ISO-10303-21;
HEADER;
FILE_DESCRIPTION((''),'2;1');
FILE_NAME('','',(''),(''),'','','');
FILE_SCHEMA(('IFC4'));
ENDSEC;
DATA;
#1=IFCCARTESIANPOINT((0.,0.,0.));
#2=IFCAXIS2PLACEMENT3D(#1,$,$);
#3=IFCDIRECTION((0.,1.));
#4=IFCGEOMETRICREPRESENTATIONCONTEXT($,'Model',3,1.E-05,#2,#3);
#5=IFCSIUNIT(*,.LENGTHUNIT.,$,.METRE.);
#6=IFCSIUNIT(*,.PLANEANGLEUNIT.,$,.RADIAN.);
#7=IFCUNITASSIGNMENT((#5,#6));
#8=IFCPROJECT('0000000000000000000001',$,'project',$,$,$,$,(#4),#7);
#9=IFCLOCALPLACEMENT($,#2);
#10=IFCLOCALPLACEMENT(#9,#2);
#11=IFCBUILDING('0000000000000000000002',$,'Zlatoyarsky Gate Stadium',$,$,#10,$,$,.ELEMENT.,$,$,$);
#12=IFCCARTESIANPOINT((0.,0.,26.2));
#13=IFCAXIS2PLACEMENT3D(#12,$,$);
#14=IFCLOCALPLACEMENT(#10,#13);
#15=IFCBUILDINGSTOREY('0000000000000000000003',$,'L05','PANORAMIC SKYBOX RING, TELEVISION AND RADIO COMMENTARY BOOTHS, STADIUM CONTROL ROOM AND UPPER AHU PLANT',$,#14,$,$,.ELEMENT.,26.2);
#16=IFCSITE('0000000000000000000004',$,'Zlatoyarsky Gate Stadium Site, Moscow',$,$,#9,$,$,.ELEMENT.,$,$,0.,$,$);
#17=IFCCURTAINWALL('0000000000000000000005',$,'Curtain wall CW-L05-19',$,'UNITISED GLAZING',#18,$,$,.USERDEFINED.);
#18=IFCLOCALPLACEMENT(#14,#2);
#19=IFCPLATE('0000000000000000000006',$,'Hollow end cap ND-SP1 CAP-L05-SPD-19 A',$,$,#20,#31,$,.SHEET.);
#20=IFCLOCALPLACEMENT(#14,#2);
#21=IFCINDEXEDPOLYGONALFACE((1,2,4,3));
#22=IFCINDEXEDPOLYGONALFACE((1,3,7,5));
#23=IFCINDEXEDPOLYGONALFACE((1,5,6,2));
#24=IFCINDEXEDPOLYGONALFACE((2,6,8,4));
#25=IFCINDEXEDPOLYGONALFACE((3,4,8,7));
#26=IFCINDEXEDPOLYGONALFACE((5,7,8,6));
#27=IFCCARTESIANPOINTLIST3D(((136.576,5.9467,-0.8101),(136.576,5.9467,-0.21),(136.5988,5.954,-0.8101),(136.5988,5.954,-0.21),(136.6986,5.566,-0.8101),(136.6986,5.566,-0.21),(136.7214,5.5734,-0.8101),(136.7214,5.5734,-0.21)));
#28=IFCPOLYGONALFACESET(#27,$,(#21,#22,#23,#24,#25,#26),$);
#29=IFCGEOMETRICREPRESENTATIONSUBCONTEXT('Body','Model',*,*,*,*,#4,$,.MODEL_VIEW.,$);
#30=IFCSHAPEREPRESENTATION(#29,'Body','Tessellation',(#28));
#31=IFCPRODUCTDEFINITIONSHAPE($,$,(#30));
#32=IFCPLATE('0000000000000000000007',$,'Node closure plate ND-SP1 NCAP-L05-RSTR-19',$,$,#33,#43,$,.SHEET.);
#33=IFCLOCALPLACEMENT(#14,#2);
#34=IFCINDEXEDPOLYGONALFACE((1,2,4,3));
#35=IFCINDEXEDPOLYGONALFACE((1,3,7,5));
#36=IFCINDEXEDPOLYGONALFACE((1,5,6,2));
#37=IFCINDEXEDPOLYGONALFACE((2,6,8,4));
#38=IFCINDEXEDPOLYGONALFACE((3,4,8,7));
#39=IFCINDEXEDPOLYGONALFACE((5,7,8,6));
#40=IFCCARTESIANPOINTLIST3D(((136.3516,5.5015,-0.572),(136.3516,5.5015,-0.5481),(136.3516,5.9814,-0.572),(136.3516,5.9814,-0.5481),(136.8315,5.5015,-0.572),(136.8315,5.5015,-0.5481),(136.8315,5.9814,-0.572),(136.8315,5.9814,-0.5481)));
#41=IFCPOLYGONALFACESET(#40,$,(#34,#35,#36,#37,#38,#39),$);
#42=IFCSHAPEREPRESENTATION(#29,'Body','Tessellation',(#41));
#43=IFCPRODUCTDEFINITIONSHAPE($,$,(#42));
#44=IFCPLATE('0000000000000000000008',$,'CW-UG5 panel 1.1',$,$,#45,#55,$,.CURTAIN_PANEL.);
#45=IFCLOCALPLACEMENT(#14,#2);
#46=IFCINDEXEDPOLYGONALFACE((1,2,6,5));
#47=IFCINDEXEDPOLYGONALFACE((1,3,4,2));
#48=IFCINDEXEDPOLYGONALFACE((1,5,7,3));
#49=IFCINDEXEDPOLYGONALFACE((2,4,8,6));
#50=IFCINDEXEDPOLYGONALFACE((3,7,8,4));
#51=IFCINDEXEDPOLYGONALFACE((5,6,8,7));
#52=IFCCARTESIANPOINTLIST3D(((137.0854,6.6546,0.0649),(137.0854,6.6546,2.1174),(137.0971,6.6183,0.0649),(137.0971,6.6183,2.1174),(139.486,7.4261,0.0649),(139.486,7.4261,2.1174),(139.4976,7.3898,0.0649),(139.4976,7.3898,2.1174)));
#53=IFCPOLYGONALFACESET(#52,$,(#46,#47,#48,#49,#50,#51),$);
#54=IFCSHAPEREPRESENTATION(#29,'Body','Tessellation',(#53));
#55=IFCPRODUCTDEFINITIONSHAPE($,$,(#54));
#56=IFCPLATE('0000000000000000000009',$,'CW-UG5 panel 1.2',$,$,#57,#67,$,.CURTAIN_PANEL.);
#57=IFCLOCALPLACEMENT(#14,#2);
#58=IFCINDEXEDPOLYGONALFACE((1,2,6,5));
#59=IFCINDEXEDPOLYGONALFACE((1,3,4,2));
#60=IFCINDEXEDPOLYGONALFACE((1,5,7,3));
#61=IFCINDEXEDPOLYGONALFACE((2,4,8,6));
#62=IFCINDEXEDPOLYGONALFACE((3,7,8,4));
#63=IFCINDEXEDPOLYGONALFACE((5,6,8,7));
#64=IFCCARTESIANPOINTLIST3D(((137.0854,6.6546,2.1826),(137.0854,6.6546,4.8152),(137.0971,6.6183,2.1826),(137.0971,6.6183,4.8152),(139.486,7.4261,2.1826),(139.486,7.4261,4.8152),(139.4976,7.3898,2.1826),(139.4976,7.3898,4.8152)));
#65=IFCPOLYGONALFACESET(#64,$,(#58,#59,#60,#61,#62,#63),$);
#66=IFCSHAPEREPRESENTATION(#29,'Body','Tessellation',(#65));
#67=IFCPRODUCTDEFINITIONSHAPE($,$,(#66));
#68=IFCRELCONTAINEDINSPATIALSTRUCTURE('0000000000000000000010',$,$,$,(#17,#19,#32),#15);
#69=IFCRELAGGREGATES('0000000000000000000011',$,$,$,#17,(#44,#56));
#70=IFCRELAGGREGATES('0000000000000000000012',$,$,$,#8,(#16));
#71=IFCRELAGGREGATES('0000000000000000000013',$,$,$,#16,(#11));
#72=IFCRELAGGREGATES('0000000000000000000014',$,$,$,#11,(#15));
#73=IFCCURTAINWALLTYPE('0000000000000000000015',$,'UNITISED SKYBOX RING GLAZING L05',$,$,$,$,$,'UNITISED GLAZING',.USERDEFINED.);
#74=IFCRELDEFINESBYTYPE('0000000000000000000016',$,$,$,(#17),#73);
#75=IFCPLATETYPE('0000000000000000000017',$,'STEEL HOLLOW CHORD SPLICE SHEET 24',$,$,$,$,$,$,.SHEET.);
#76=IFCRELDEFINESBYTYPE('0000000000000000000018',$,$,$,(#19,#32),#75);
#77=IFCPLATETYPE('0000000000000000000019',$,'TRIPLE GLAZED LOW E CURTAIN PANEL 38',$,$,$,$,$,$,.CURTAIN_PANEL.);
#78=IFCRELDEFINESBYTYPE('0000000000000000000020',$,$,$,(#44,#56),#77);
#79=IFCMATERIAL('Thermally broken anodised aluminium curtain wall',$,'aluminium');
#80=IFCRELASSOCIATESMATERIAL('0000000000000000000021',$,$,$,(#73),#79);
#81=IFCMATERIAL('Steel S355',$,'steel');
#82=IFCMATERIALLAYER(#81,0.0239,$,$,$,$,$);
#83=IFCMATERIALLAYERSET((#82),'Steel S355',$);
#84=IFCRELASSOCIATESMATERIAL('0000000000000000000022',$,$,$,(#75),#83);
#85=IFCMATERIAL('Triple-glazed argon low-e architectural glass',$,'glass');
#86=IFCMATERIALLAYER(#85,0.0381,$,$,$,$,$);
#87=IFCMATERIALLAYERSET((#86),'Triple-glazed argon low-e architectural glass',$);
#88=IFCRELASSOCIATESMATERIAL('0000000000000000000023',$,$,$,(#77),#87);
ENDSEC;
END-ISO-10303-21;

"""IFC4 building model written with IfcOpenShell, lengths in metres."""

from ifc_helpers import new_model, si_unit, direction, frame, origin, origin_2d, place, context, subcontext, project, spatial, rectangle, extrude, material, layer, layer_set, type_object, element, aggregate, save


model = new_model("IFC4")

# Units and contexts
model_context = context("Model", 3, precision=1e-05, world=origin(), true_north=direction((0.0, 1.0)))
body_context = subcontext(model_context, "Body", "Model", "MODEL_VIEW")
ifc_project = project(units=[si_unit("LENGTHUNIT", "METRE"), si_unit("PLANEANGLEUNIT", "RADIAN")], contexts=[model_context])

# Site, building, storey
site_placement = place(None, origin())
site = spatial("IfcSite", under=ifc_project, at=site_placement, Name="Zlatoyarsky Gate Stadium Site, Moscow", CompositionType="ELEMENT", RefElevation=0.0)
building_placement = place(site_placement, origin())
building = spatial("IfcBuilding", under=site, at=building_placement, Name="Zlatoyarsky Gate Stadium", CompositionType="ELEMENT")
storey_placement = place(building_placement, frame((0.0, 0.0, 26.2)))
storey = spatial("IfcBuildingStorey", under=building, at=storey_placement, Name="L05", Description="PANORAMIC SKYBOX RING, TELEVISION AND RADIO COMMENTARY BOOTHS, STADIUM CONTROL ROOM AND UPPER AHU PLANT", CompositionType="ELEMENT", Elevation=26.2)

# Curtain wall
ifc_material_1 = material(Name="Thermally broken anodised aluminium curtain wall", Category="aluminium")
curtain_wall_type_1 = type_object("IfcCurtainWallType", Name="UNITISED SKYBOX RING GLAZING L05", ElementType="UNITISED GLAZING", PredefinedType="USERDEFINED", material=ifc_material_1)
curtain_wall_1_placement = place(storey_placement, origin())
curtain_wall_1 = element("IfcCurtainWall", 1, at=curtain_wall_1_placement, inside=storey, type_object=curtain_wall_type_1, Name="Curtain wall CW-L05-19", ObjectType="UNITISED GLAZING", PredefinedType="USERDEFINED")

# Shared definitions
ifc_material_2 = material(Name="Steel S355", Category="steel")

# Shared definitions
ifc_material_3 = material(Name="Triple-glazed argon low-e architectural glass", Category="glass")

# Plates
ifc_layer_1 = layer(ifc_material_2, 0.0239)
ifc_layer_set_1 = layer_set([ifc_layer_1], Name="Steel S355")
plate_type_1 = type_object("IfcPlateType", Name="STEEL HOLLOW CHORD SPLICE SHEET 24", PredefinedType="SHEET", material=ifc_layer_set_1)
plate_1_placement = place(storey_placement, frame((136.6487, 5.76, -0.8101), z_axis=(0.0, 0.0, 1.0), x_axis=(0.951856, 0.306545, 0.0)))
element("IfcPlate", 2, at=plate_1_placement, inside=storey, type_object=plate_type_1, Name="Hollow end cap ND-SP1 CAP-L05-SPD-19 A", PredefinedType="SHEET", context=body_context, shape_type="SweptSolid", body=[
    extrude(rectangle(XDim=0.0239, YDim=0.3999, at=origin_2d()), origin(), (0.0, 0.0, 1.0), 0.6001),
])
plate_2_placement = place(storey_placement, frame((136.5916, 5.7415, -0.572), z_axis=(0.0, 0.0, 1.0), x_axis=(1.0, 0.0, 0.0)))
element("IfcPlate", 3, at=plate_2_placement, inside=storey, type_object=plate_type_1, Name="Node closure plate ND-SP1 NCAP-L05-RSTR-19", PredefinedType="SHEET", context=body_context, shape_type="SweptSolid", body=[
    extrude(rectangle(XDim=0.48, YDim=0.48, at=origin_2d()), origin(), (0.0, 0.0, 1.0), 0.0239),
])

# Plates
ifc_layer_2 = layer(ifc_material_3, 0.0381)
ifc_layer_set_2 = layer_set([ifc_layer_2], Name="Triple-glazed argon low-e architectural glass")
plate_type_2 = type_object("IfcPlateType", Name="TRIPLE GLAZED LOW E CURTAIN PANEL 38", PredefinedType="CURTAIN_PANEL", material=ifc_layer_set_2)
plate_3_placement = place(storey_placement, frame((138.2915, 7.0222, 0.0649), z_axis=(0.0, 0.0, 1.0), x_axis=(0.952039, 0.305978, 0.0)))
plate_3 = element("IfcPlate", 4, at=plate_3_placement, type_object=plate_type_2, Name="CW-UG5 panel 1.1", PredefinedType="CURTAIN_PANEL", context=body_context, shape_type="SweptSolid", body=[
    extrude(rectangle(XDim=2.5215, YDim=0.0381, at=origin_2d()), origin(), (0.0, 0.0, 1.0), 2.0525),
])
plate_4_placement = place(storey_placement, frame((138.2915, 7.0222, 2.1826), z_axis=(0.0, 0.0, 1.0), x_axis=(0.952039, 0.305978, 0.0)))
plate_4 = element("IfcPlate", 5, at=plate_4_placement, type_object=plate_type_2, Name="CW-UG5 panel 1.2", PredefinedType="CURTAIN_PANEL", context=body_context, shape_type="SweptSolid", body=[
    extrude(rectangle(XDim=2.5215, YDim=0.0381, at=origin_2d()), origin(), (0.0, 0.0, 1.0), 2.6326),
])
aggregate(curtain_wall_1, [plate_3, plate_4])

save(model, "model.ifc")
